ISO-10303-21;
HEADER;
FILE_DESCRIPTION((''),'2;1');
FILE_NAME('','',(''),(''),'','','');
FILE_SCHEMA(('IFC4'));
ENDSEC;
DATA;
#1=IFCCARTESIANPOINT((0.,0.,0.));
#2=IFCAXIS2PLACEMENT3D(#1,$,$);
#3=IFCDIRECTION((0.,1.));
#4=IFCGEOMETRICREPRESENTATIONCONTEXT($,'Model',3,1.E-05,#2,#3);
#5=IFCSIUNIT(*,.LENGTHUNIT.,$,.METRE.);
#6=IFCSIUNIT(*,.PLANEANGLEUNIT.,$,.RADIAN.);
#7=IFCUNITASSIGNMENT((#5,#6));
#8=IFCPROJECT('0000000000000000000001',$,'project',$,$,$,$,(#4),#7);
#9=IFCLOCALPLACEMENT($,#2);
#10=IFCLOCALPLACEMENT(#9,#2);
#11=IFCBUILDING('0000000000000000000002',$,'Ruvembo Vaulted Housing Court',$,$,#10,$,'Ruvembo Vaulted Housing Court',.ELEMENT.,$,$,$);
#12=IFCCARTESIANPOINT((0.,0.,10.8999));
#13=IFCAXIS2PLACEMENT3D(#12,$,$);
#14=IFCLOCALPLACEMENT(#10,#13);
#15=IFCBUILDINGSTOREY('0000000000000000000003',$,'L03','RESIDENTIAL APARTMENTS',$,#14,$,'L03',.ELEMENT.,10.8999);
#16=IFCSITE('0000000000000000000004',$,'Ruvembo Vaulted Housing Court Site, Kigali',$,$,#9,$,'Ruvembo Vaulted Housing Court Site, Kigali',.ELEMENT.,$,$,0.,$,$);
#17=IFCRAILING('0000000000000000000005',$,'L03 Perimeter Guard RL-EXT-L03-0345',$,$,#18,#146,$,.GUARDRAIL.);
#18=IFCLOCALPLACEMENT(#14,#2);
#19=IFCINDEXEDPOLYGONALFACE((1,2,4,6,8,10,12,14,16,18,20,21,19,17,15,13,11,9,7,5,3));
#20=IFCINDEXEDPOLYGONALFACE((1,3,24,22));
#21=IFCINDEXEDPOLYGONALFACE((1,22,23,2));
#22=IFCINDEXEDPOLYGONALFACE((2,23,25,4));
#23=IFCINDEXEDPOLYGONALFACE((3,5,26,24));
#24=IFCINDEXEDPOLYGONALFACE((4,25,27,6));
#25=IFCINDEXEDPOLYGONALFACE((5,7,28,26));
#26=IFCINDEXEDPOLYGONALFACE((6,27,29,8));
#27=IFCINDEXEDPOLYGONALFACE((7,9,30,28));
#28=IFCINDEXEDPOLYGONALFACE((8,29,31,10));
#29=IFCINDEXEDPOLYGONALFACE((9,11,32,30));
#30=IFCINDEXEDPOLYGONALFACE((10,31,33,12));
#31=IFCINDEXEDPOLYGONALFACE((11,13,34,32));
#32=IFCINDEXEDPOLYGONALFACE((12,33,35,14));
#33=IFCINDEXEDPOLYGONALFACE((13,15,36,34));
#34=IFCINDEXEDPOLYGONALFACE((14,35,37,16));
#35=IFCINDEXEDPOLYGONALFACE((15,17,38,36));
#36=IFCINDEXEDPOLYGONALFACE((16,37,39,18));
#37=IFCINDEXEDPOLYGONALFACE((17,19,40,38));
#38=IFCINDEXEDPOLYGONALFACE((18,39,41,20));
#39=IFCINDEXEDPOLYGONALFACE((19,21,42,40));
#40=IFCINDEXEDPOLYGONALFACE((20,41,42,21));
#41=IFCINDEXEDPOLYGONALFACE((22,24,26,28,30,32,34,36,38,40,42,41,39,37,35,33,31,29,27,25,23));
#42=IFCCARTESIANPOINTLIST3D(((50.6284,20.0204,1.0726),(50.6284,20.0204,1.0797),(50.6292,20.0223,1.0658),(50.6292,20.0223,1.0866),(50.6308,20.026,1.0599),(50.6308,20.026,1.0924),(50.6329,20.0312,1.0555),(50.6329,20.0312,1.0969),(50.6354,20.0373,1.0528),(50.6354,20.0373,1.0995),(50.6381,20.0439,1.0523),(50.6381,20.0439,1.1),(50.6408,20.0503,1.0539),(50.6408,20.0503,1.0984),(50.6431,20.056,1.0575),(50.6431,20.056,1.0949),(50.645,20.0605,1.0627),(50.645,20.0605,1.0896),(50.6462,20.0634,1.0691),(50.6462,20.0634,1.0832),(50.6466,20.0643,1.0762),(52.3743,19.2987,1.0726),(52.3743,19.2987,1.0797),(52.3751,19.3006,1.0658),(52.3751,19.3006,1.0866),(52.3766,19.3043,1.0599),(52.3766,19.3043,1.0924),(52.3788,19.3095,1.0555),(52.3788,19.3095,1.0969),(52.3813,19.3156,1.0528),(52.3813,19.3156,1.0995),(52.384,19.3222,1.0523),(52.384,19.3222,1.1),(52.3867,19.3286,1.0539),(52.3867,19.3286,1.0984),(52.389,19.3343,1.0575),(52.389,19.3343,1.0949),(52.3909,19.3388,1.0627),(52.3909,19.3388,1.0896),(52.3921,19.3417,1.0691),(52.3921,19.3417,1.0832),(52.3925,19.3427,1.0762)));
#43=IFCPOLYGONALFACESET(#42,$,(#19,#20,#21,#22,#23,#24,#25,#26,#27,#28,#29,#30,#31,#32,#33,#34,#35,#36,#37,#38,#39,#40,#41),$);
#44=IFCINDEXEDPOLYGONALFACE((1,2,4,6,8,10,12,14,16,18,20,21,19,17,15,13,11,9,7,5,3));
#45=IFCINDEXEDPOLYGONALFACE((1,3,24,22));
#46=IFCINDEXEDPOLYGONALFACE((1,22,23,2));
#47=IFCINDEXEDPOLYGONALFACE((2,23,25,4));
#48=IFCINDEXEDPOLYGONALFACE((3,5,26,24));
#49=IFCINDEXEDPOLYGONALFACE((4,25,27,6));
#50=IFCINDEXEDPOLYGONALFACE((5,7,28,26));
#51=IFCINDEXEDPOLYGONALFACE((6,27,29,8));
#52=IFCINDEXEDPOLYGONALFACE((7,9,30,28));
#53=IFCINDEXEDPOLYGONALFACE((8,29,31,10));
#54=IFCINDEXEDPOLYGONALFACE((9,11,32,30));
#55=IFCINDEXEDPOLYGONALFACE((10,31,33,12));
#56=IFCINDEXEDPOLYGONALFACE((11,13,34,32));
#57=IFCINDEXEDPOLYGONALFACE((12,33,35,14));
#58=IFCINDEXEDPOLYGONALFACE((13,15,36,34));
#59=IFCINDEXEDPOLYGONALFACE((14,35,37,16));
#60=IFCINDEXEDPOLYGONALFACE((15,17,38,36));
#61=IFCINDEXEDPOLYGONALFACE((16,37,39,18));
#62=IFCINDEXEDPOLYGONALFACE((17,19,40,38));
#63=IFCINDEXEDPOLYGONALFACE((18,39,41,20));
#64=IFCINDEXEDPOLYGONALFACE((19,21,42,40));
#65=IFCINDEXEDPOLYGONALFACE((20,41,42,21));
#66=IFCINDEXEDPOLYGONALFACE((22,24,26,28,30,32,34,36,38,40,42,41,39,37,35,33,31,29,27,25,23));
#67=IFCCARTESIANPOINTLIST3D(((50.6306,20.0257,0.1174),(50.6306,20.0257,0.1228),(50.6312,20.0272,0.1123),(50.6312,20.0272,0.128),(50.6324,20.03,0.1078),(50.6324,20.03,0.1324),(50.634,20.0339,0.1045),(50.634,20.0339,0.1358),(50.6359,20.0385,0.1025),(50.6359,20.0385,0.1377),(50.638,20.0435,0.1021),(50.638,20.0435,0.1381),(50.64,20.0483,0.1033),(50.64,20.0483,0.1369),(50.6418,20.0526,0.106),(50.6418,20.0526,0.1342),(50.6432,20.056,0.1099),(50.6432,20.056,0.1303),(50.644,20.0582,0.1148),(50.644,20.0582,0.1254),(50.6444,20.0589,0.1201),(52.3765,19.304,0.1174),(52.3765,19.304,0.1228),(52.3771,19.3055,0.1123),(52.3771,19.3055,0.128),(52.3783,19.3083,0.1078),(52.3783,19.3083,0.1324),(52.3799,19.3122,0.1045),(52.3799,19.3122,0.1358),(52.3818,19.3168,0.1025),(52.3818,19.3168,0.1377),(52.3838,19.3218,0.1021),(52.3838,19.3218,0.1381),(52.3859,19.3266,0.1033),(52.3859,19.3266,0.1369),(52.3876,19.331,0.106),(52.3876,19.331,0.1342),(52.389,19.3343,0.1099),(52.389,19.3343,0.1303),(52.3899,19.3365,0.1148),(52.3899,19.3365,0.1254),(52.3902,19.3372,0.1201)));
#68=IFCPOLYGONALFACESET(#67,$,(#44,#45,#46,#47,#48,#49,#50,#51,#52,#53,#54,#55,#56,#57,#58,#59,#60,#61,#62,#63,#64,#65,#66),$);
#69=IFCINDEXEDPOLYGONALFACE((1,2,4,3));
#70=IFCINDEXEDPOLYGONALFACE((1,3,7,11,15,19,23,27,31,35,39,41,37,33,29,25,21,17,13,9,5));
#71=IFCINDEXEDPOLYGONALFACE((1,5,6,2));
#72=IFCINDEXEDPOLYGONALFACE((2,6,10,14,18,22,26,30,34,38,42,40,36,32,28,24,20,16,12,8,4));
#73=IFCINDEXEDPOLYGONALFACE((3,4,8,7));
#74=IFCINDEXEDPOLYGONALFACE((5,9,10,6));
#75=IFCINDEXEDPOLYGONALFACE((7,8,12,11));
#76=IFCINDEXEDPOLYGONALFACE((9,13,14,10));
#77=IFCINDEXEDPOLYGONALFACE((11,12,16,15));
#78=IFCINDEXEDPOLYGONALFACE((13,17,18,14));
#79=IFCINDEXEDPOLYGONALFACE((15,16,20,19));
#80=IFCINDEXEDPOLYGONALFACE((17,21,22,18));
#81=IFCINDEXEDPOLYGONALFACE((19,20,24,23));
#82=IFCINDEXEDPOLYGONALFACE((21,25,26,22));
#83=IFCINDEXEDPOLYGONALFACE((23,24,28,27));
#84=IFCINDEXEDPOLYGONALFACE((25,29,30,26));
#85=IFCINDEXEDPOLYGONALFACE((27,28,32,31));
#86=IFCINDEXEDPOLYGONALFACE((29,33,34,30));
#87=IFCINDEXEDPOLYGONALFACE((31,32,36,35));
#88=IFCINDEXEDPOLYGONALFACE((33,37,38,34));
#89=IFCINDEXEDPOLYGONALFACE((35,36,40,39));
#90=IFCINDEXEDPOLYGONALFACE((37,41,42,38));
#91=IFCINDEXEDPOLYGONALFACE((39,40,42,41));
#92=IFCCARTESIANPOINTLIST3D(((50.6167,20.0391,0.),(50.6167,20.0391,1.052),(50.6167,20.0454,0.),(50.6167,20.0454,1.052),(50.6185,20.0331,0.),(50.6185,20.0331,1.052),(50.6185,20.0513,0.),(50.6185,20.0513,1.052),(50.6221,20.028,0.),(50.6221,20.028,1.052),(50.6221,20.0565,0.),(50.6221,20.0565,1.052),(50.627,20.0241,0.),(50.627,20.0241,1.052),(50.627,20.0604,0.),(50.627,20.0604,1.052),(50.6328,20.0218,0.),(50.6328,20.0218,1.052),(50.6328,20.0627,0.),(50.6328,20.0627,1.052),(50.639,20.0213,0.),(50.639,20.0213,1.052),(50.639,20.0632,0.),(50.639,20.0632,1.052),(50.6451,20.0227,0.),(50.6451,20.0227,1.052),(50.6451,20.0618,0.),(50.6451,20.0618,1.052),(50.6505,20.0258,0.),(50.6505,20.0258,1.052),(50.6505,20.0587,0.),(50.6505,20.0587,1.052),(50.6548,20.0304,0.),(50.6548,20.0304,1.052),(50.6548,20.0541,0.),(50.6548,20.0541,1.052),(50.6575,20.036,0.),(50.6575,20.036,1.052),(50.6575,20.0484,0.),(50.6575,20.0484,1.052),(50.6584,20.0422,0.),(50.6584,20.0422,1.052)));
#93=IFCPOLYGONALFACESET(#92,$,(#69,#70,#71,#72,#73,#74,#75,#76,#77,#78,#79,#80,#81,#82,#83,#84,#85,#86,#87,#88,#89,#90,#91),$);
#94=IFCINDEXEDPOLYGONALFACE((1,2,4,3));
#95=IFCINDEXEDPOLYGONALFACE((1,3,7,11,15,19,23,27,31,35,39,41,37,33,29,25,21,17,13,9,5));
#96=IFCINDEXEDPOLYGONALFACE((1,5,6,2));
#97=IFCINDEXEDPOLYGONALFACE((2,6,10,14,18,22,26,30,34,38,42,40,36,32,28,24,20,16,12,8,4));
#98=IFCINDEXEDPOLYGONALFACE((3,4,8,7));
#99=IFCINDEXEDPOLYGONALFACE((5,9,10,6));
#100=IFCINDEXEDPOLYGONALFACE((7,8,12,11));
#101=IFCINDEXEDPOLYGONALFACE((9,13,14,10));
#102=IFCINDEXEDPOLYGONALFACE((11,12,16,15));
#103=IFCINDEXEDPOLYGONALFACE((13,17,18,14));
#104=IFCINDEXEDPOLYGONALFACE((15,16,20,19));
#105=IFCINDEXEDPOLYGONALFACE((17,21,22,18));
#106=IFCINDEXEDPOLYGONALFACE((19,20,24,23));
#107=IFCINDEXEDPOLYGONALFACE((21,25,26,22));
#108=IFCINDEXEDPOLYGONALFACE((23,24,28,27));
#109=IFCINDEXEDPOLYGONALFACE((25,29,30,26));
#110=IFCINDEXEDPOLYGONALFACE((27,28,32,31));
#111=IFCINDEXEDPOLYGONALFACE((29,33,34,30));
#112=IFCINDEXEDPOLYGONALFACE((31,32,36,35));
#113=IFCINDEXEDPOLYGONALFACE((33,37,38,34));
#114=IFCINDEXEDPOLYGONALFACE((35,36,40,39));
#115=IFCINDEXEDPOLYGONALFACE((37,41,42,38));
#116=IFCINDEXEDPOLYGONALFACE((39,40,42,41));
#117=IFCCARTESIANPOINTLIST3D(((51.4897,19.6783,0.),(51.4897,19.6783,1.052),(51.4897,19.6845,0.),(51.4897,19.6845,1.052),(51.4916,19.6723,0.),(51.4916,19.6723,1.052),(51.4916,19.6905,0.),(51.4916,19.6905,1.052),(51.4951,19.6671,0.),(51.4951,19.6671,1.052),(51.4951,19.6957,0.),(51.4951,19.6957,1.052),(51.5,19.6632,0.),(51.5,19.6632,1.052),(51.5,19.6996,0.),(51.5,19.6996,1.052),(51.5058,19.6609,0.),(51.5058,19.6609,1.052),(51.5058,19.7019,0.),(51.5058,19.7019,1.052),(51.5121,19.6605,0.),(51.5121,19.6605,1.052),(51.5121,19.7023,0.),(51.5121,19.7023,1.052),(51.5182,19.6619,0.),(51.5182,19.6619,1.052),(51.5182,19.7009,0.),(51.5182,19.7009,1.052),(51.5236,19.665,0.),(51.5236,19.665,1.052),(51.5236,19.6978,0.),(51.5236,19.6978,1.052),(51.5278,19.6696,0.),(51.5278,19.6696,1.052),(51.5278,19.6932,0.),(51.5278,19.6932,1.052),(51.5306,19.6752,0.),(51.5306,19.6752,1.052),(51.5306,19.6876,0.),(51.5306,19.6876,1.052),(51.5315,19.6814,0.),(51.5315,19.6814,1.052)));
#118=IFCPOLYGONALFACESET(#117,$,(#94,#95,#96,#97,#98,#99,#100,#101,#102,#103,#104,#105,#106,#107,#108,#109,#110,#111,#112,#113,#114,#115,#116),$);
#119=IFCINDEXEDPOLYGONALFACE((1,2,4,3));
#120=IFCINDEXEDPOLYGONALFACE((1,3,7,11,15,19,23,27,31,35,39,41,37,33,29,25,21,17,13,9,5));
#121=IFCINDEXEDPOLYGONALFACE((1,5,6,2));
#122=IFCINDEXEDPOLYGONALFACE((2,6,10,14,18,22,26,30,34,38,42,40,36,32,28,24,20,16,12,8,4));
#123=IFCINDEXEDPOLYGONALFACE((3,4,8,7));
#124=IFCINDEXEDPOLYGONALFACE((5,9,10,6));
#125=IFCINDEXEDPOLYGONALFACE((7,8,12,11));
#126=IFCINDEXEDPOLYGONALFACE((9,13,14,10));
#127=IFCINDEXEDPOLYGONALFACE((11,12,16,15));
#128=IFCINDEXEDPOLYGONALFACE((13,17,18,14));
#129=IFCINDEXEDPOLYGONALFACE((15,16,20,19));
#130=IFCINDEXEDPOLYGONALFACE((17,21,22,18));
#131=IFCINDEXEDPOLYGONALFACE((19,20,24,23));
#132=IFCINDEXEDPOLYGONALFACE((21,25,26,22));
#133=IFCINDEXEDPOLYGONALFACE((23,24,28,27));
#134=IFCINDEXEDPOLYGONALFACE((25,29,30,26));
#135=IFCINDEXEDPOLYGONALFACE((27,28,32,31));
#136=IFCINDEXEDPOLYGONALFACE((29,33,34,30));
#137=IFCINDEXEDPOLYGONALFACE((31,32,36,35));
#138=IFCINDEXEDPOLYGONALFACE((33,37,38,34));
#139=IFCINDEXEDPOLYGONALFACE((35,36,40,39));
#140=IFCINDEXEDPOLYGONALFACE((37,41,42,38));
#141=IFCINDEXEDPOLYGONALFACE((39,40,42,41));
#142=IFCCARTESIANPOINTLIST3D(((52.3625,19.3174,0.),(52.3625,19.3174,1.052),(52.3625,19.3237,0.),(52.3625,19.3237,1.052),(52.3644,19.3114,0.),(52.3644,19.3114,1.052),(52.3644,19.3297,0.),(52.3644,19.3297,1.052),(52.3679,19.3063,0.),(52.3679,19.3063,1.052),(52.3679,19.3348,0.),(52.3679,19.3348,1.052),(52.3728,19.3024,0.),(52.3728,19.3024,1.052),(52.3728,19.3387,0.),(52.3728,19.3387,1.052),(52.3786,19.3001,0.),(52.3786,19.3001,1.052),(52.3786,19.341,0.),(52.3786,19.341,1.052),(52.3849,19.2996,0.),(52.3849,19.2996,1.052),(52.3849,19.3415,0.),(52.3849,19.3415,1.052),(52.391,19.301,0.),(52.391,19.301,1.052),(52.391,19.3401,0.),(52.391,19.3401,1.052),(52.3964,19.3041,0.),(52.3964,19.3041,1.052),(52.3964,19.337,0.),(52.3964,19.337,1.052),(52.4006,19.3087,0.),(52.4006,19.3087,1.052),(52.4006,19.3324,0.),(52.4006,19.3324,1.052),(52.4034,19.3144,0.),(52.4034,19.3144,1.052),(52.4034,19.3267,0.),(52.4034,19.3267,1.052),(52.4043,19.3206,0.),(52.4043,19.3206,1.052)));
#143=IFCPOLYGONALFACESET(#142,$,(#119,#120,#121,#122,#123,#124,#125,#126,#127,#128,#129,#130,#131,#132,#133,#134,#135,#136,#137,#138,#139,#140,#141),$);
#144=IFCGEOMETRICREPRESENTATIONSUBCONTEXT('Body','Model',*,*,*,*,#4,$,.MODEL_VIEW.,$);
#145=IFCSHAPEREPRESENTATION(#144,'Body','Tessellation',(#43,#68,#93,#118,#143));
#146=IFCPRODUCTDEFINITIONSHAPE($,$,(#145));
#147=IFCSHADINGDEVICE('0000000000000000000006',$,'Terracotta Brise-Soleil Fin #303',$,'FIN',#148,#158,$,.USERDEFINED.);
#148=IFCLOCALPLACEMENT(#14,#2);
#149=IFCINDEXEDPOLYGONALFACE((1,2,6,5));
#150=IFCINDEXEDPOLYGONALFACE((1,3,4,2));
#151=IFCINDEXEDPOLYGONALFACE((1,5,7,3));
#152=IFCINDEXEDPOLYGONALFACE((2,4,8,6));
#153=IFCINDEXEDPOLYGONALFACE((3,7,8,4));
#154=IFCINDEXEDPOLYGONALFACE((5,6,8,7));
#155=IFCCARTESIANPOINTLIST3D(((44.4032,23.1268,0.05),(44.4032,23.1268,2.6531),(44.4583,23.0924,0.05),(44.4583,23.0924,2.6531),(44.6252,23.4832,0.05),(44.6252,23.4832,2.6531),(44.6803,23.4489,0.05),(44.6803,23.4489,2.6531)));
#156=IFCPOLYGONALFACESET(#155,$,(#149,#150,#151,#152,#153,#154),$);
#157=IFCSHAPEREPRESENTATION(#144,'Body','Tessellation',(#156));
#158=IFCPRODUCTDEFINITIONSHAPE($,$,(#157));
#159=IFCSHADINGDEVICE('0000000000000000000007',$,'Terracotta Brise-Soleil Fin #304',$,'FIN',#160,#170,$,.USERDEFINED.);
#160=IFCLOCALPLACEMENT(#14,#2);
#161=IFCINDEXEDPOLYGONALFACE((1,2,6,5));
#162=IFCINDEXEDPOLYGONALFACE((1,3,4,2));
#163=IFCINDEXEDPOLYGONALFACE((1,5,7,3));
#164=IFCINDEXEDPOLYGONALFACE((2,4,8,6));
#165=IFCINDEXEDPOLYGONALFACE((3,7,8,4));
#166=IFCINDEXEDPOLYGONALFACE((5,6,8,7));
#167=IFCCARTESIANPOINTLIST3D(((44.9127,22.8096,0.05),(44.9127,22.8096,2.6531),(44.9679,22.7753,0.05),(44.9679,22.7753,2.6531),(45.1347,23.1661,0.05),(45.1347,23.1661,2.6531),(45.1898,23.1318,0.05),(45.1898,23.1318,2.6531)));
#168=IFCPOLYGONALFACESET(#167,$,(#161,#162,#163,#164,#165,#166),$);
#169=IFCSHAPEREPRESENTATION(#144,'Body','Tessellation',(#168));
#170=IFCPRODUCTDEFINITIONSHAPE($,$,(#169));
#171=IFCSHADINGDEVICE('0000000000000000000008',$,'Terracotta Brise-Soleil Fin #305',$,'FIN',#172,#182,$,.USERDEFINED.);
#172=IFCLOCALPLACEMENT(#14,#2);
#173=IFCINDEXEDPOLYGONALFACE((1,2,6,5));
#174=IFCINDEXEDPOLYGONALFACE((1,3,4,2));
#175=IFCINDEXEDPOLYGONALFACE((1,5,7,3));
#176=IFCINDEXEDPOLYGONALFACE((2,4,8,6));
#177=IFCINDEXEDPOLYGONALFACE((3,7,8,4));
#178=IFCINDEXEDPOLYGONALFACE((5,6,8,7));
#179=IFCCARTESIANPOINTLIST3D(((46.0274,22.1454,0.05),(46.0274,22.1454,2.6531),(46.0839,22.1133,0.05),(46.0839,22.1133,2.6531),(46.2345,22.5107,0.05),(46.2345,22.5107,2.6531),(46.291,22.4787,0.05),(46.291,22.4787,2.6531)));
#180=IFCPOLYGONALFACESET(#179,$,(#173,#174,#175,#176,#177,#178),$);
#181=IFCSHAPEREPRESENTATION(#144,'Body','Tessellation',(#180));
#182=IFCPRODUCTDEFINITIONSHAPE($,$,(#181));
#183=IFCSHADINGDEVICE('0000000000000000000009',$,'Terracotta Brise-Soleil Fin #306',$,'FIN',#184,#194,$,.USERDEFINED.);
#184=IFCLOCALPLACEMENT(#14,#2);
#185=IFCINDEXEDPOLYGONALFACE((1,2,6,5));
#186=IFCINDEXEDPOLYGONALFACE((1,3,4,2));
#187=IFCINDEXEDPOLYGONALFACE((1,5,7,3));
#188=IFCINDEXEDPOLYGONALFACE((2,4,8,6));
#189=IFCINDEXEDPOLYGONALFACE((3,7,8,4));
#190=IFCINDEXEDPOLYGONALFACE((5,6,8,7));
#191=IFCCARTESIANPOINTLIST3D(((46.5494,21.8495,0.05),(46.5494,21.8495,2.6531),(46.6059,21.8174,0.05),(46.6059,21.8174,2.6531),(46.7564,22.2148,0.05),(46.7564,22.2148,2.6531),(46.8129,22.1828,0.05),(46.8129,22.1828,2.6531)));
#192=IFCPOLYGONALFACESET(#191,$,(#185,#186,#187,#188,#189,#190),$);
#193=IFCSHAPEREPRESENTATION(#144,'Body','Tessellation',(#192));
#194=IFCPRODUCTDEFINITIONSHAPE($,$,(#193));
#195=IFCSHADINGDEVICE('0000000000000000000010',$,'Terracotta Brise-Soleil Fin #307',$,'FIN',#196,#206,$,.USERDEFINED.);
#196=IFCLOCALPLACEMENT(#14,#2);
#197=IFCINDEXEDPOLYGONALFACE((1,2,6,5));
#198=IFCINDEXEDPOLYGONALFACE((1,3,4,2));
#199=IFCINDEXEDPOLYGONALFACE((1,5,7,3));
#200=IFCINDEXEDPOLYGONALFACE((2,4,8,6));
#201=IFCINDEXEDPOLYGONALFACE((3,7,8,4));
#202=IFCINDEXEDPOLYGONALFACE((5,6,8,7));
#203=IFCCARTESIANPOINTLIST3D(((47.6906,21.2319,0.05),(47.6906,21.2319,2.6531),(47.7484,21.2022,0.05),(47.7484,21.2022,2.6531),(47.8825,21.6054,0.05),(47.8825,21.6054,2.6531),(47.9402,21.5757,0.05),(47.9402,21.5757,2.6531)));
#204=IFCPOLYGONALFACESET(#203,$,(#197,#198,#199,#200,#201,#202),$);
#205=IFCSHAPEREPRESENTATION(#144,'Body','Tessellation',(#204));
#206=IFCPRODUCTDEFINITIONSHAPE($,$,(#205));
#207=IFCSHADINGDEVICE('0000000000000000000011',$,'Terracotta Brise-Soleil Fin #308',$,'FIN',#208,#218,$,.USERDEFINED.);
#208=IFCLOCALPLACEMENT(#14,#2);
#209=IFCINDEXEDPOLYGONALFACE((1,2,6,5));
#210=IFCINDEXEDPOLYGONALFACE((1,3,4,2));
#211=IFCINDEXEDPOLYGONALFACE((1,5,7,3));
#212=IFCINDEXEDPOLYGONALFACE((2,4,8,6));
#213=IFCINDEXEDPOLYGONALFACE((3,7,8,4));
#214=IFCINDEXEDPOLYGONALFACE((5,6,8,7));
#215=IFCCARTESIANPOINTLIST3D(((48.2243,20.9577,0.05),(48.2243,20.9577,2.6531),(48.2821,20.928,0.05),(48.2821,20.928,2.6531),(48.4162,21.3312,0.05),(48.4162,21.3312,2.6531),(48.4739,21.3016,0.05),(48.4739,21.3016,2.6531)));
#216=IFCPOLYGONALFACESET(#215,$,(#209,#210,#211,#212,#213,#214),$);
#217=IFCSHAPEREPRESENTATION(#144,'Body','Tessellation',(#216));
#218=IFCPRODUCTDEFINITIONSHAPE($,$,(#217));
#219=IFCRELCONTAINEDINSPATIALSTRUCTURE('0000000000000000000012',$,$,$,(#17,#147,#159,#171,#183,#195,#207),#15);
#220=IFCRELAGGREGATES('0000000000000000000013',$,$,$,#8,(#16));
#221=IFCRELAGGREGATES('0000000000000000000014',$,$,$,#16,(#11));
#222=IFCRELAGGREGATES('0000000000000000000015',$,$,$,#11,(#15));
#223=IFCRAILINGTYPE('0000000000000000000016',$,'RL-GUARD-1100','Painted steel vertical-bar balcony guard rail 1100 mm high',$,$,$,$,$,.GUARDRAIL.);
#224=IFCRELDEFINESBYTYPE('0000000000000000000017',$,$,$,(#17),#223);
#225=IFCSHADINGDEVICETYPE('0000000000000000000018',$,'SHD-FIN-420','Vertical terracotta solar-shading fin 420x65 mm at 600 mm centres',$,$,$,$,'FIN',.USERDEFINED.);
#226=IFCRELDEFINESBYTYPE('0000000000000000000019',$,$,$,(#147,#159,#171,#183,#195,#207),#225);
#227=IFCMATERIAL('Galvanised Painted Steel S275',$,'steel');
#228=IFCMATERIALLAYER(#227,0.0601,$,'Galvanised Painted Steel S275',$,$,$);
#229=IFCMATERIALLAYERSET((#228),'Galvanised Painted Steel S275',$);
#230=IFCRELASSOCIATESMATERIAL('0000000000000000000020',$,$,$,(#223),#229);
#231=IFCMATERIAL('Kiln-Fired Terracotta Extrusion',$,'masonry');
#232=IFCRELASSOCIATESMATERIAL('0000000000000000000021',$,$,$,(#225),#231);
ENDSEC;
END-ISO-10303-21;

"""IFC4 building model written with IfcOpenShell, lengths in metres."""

from ifc_helpers import new_model, si_unit, direction, frame, origin, origin_2d, place, context, subcontext, project, spatial, rectangle, circle, extrude, material, layer, layer_set, type_object, element, save


model = new_model("IFC4")

# Units and contexts
model_context = context("Model", 3, precision=1e-05, world=origin(), true_north=direction((0.0, 1.0)))
body_context = subcontext(model_context, "Body", "Model", "MODEL_VIEW")
ifc_project = project(units=[si_unit("LENGTHUNIT", "METRE"), si_unit("PLANEANGLEUNIT", "RADIAN")], contexts=[model_context])

# Site, building, storey
site_placement = place(None, origin())
site = spatial("IfcSite", under=ifc_project, at=site_placement, Name="Ruvembo Vaulted Housing Court Site, Kigali", LongName="Ruvembo Vaulted Housing Court Site, Kigali", CompositionType="ELEMENT", RefElevation=0.0)
building_placement = place(site_placement, origin())
building = spatial("IfcBuilding", under=site, at=building_placement, Name="Ruvembo Vaulted Housing Court", LongName="Ruvembo Vaulted Housing Court", CompositionType="ELEMENT")
storey_placement = place(building_placement, frame((0.0, 0.0, 10.8999)))
storey = spatial("IfcBuildingStorey", under=building, at=storey_placement, Name="L03", Description="RESIDENTIAL APARTMENTS", LongName="L03", CompositionType="ELEMENT", Elevation=10.8999)

# Railing
ifc_material_1 = material(Name="Galvanised Painted Steel S275", Category="steel")
ifc_layer_1 = layer(ifc_material_1, 0.0601, Name="Galvanised Painted Steel S275")
ifc_layer_set_1 = layer_set([ifc_layer_1], Name="Galvanised Painted Steel S275")
railing_type_1 = type_object("IfcRailingType", Name="RL-GUARD-1100", Description="Painted steel vertical-bar balcony guard rail 1100 mm high", PredefinedType="GUARDRAIL", material=ifc_layer_set_1)
railing_1_placement = place(storey_placement, frame((50.6375, 20.0422, 0.0)))
element("IfcRailing", 1, at=railing_1_placement, inside=storey, type_object=railing_type_1, Name="L03 Perimeter Guard RL-EXT-L03-0345", PredefinedType="GUARDRAIL", context=body_context, shape_type="SweptSolid", body=[
    extrude(circle(Radius=0.0239, at=origin_2d()), frame((0.0, 0.0, 1.0762), z_axis=(0.924155, -0.382017, 0.0), x_axis=(0.382017, 0.924155, 0.0)), (0.0, 0.0, 1.0), 1.8892),
    extrude(circle(Radius=0.0181, at=origin_2d()), frame((0.0, 0.0, 0.1201), z_axis=(0.924155, -0.382017, 0.0), x_axis=(0.382017, 0.924155, 0.0)), (0.0, 0.0, 1.0), 1.8892),
    extrude(circle(Radius=0.021, at=origin_2d()), origin(), (0.0, 0.0, 1.0), 1.052),
    extrude(circle(Radius=0.021, at=origin_2d()), frame((0.873, -0.3608, 0.0)), (0.0, 0.0, 1.0), 1.052),
    extrude(circle(Radius=0.021, at=origin_2d()), frame((1.7458, -0.7217, 0.0)), (0.0, 0.0, 1.0), 1.052),
])

# Shading devices
ifc_material_2 = material(Name="Kiln-Fired Terracotta Extrusion", Category="masonry")
shading_device_type = type_object("IfcShadingDeviceType", Name="SHD-FIN-420", Description="Vertical terracotta solar-shading fin 420x65 mm at 600 mm centres", ElementType="FIN", PredefinedType="USERDEFINED", material=ifc_material_2)
for number, where, z_axis, x_axis, name in (
    (2, (44.5417, 23.2878, 0.05), (0.0, 0.0, 1.0), (-0.528557, -0.848898, 0.0), "Terracotta Brise-Soleil Fin #303"),
    (3, (45.0513, 22.9707, 0.05), (0.0, 0.0, 1.0), (-0.528557, -0.848898, 0.0), "Terracotta Brise-Soleil Fin #304"),
    (4, (46.1592, 22.312, 0.05), (0.0, 0.0, 1.0), (-0.493107, -0.869969, 0.0), "Terracotta Brise-Soleil Fin #305"),
    (5, (46.6812, 22.0161, 0.05), (0.0, 0.0, 1.0), (-0.493107, -0.869969, 0.0), "Terracotta Brise-Soleil Fin #306"),
    (6, (47.8154, 21.4038, 0.05), (0.0, 0.0, 1.0), (-0.45685, -0.889544, 0.0), "Terracotta Brise-Soleil Fin #307"),
    (7, (48.3491, 21.1296, 0.05), (0.0, 0.0, 1.0), (-0.45685, -0.889544, 0.0), "Terracotta Brise-Soleil Fin #308"),
):
    element("IfcShadingDevice", number, at=place(storey_placement, frame(where, z_axis=z_axis, x_axis=x_axis)), inside=storey, type_object=shading_device_type, Name=name, ObjectType="FIN", PredefinedType="USERDEFINED", context=body_context, shape_type="SweptSolid", body=[
        extrude(rectangle(XDim=0.4199, YDim=0.0649, at=origin_2d()), origin(), (0.0, 0.0, 1.0), 2.603),
    ])

save(model, "model.ifc")
